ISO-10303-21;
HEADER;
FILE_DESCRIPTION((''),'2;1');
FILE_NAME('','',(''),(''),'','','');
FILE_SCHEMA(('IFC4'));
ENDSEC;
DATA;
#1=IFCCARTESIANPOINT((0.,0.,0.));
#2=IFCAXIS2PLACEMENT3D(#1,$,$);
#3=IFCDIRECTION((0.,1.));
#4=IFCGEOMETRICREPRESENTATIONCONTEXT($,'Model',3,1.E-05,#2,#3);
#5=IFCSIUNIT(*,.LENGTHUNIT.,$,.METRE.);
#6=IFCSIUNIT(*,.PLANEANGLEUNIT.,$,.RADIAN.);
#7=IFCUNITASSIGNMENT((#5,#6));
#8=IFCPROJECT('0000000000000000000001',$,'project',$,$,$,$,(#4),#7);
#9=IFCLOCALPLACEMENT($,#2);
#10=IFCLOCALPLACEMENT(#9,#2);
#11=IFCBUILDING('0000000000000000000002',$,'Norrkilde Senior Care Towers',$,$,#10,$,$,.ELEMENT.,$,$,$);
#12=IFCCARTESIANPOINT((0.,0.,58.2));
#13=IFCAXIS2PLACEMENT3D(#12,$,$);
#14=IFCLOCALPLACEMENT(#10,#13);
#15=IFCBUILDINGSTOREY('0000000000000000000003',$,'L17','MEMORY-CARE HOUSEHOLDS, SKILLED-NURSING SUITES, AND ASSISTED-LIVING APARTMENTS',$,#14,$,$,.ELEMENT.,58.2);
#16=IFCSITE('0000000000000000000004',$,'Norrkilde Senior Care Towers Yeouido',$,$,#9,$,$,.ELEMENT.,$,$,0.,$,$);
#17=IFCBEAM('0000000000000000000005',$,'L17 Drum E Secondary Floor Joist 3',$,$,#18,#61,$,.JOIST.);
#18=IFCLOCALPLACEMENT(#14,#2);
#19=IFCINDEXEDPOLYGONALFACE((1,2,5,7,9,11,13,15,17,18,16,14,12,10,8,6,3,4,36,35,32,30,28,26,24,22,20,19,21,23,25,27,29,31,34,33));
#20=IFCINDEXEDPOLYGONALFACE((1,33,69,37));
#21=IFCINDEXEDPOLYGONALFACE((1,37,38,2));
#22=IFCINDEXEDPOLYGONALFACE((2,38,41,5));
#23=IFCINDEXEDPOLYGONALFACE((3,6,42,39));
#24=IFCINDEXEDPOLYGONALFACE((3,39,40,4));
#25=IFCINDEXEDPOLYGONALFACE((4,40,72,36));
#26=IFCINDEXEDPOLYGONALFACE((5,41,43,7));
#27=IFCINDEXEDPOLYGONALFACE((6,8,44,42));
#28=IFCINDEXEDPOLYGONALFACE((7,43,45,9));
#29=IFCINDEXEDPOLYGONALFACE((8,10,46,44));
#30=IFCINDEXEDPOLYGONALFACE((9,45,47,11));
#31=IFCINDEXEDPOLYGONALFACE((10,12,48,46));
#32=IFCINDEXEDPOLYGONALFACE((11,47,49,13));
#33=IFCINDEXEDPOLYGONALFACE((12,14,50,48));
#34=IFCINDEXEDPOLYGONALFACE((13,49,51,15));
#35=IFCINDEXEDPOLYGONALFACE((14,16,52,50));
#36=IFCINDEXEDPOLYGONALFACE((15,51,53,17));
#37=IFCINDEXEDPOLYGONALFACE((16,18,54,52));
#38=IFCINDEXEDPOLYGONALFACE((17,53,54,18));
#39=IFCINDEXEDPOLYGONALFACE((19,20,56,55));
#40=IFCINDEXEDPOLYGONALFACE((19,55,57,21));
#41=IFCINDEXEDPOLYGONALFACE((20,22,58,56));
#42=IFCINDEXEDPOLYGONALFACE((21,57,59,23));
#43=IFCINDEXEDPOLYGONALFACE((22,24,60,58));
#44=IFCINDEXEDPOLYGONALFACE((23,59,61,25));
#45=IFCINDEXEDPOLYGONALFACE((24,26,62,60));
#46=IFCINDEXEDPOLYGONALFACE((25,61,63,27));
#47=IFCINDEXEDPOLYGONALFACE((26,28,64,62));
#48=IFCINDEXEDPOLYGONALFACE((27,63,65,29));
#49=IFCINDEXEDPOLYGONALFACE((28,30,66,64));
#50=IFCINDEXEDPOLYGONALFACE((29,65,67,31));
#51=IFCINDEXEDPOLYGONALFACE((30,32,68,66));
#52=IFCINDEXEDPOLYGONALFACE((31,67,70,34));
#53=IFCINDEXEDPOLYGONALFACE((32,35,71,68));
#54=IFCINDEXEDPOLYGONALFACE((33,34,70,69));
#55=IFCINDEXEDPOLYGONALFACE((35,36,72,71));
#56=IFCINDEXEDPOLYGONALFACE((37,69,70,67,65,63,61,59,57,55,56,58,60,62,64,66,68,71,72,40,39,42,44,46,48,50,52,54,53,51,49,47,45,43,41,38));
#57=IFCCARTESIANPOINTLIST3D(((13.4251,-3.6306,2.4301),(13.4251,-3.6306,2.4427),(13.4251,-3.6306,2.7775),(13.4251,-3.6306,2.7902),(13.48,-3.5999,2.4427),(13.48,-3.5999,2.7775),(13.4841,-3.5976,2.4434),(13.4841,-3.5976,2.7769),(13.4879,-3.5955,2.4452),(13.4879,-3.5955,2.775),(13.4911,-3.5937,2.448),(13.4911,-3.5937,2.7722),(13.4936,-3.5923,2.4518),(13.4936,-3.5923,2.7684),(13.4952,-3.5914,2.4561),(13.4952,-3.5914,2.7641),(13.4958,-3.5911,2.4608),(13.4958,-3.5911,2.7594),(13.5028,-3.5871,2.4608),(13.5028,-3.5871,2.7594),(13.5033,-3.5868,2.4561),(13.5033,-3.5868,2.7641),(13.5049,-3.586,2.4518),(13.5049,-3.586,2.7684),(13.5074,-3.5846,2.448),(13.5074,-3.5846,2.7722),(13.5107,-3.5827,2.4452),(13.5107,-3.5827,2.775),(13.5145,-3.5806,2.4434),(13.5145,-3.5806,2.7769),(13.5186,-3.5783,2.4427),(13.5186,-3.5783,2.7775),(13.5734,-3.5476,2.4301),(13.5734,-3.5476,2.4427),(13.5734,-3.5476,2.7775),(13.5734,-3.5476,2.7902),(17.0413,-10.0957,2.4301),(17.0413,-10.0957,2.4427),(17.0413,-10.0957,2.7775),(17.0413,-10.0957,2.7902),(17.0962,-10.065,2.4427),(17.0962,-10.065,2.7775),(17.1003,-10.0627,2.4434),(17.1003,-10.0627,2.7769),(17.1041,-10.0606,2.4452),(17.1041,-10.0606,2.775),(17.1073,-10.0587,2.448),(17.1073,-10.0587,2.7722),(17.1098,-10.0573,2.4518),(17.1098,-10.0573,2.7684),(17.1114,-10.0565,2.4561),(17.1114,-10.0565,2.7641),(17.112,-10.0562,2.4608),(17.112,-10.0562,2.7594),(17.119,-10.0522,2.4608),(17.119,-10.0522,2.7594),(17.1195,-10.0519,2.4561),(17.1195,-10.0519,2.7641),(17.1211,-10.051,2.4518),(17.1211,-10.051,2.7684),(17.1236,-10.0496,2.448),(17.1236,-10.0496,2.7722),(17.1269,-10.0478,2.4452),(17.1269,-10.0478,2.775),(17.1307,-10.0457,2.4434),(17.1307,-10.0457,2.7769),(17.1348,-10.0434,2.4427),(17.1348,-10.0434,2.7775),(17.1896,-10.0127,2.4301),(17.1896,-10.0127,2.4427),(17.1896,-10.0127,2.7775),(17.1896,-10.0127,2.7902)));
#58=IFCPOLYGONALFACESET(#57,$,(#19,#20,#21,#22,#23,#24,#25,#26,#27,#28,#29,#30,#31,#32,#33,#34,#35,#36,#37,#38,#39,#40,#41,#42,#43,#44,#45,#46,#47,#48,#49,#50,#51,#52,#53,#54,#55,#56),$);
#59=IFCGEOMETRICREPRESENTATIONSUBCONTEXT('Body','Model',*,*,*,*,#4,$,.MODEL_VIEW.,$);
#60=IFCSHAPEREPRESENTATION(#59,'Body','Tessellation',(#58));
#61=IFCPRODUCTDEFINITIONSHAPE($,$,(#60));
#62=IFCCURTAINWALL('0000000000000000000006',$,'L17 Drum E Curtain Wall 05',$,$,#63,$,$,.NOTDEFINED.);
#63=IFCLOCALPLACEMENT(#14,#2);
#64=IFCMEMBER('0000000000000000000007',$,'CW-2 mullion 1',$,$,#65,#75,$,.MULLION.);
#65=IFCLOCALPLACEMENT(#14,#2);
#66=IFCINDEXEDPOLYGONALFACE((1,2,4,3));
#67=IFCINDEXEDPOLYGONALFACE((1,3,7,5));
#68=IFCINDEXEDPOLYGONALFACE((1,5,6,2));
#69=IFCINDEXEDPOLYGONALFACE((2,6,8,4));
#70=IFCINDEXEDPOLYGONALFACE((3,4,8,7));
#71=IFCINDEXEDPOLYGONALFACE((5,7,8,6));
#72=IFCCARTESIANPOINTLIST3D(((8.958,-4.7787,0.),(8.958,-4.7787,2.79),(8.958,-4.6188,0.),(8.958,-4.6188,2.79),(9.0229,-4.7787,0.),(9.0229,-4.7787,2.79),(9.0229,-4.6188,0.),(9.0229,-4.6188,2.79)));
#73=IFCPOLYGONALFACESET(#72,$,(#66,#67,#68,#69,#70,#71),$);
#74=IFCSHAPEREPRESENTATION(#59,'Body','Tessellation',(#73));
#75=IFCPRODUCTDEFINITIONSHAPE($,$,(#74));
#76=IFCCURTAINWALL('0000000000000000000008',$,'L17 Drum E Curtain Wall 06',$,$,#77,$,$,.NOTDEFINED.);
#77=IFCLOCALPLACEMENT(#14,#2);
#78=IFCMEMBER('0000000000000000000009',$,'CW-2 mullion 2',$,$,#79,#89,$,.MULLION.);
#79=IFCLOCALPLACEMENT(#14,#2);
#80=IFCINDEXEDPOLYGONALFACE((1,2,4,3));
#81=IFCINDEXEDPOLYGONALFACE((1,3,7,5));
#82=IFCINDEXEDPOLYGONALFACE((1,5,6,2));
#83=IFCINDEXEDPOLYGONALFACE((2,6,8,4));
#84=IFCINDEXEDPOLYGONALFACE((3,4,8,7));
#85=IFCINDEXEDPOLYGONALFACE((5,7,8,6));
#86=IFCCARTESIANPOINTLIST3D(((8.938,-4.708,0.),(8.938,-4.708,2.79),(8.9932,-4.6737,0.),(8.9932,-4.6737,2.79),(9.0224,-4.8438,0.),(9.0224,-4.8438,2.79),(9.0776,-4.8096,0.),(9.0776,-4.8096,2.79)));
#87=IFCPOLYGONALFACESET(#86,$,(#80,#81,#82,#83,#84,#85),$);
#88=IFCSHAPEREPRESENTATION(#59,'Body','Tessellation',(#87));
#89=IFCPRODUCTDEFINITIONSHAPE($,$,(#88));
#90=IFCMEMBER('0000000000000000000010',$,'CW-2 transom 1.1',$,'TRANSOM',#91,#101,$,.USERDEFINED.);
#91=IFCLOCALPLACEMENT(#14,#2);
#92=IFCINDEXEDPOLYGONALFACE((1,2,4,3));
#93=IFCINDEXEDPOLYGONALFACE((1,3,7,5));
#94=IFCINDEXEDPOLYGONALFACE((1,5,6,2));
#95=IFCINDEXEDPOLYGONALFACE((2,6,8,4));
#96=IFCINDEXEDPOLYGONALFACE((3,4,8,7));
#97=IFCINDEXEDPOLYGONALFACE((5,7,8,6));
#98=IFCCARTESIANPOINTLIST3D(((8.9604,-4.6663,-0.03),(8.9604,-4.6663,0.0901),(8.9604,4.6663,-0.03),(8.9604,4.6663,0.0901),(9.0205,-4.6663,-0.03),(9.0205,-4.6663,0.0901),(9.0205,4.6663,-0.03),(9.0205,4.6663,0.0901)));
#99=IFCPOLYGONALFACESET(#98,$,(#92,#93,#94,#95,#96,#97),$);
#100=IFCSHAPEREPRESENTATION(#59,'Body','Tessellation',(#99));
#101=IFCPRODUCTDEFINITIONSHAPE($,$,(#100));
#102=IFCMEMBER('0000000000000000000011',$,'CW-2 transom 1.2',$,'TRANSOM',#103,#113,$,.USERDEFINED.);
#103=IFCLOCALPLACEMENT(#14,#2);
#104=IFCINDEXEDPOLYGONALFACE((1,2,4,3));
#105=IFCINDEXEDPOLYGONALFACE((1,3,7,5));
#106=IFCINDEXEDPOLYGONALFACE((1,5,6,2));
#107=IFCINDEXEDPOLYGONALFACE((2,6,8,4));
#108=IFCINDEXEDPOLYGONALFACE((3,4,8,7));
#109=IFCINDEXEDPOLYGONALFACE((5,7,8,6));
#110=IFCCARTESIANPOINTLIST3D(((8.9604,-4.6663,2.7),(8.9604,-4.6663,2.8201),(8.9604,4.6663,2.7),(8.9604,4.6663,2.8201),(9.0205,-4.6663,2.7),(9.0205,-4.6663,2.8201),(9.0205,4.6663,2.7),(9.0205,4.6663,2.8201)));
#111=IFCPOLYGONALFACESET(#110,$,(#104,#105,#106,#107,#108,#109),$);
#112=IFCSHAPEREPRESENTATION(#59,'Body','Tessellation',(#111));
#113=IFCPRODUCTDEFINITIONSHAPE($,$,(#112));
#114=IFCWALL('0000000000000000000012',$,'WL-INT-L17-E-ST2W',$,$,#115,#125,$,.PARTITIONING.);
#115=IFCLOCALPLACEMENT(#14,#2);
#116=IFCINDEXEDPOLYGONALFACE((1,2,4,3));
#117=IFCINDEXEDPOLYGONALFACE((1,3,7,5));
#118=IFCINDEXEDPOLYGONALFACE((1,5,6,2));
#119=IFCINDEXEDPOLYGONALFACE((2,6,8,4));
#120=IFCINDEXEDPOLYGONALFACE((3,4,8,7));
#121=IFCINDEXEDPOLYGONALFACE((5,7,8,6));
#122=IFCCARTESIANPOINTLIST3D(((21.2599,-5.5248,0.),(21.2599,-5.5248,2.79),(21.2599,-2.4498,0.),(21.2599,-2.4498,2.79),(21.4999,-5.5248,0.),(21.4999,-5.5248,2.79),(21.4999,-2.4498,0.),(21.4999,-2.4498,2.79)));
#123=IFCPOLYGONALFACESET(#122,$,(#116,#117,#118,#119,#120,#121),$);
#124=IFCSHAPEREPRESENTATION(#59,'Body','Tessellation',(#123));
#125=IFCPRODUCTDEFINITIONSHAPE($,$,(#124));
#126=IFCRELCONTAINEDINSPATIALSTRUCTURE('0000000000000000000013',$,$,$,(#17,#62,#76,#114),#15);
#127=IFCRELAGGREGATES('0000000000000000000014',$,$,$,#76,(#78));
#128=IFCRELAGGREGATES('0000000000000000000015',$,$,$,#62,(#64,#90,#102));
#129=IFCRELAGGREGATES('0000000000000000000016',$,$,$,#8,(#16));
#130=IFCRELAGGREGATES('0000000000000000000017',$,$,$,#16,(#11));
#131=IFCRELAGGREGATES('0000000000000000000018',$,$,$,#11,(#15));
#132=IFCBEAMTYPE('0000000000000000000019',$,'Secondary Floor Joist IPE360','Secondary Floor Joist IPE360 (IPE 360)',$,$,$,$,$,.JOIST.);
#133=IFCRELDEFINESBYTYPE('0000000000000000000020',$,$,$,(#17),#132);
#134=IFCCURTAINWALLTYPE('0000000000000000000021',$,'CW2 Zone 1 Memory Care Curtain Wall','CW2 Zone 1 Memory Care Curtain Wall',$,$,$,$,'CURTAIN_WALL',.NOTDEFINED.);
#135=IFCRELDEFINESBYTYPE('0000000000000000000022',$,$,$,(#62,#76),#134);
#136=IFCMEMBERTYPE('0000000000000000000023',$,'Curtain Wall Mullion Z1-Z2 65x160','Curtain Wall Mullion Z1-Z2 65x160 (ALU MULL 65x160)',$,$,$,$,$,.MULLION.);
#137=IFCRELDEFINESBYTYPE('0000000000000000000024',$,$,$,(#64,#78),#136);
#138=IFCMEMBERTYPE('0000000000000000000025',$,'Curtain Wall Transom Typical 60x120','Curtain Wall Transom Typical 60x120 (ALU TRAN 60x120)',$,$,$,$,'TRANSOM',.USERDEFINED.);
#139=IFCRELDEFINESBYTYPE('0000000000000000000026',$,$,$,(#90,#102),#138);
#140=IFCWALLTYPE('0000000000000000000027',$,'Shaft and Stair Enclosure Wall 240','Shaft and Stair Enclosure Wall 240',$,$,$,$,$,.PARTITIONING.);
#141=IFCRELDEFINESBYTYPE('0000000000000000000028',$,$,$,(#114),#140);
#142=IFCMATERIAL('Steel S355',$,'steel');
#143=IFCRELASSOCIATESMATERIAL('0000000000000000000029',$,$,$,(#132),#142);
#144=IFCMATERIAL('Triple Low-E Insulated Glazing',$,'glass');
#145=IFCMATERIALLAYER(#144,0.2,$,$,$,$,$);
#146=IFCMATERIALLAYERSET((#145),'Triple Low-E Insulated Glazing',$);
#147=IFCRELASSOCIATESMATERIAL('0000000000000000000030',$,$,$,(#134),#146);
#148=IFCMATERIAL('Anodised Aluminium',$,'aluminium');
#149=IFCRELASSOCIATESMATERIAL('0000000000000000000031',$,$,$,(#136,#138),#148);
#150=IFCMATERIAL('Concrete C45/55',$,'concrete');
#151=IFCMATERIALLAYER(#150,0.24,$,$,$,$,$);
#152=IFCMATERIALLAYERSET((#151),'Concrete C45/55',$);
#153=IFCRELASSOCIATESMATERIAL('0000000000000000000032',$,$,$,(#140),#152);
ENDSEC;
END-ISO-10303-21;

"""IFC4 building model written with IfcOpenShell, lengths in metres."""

from ifc_helpers import new_model, si_unit, direction, frame, frame_2d, origin, origin_2d, place, context, subcontext, project, spatial, rectangle, i_section, extrude, source, transform, mapped, material, layer, layer_set, material_profile, profile_set, type_object, type_shapes, element, aggregate, save


model = new_model("IFC4")

# Units and contexts
model_context = context("Model", 3, precision=1e-05, world=origin(), true_north=direction((0.0, 1.0)))
body_context = subcontext(model_context, "Body", "Model", "MODEL_VIEW")
ifc_project = project(units=[si_unit("LENGTHUNIT", "METRE"), si_unit("PLANEANGLEUNIT", "RADIAN")], contexts=[model_context])

# Site, building, storey
site_placement = place(None, origin())
site = spatial("IfcSite", under=ifc_project, at=site_placement, Name="Norrkilde Senior Care Towers Yeouido", CompositionType="ELEMENT", RefElevation=0.0)
building_placement = place(site_placement, origin())
building = spatial("IfcBuilding", under=site, at=building_placement, Name="Norrkilde Senior Care Towers", CompositionType="ELEMENT")
storey_placement = place(building_placement, frame((0.0, 0.0, 58.2)))
storey = spatial("IfcBuildingStorey", under=building, at=storey_placement, Name="L17", Description="MEMORY-CARE HOUSEHOLDS, SKILLED-NURSING SUITES, AND ASSISTED-LIVING APARTMENTS", CompositionType="ELEMENT", Elevation=58.2)

# Beam
ifc_material_1 = material(Name="Steel S355", Category="steel")
ifc_material_profile_1 = material_profile(ifc_material_1, i_section(OverallWidth=0.1699, OverallDepth=0.3601, WebThickness=0.0081, FlangeThickness=0.0127, FilletRadius=0.0181, at=origin_2d()), Name="IPE 360")
ifc_profile_set_1 = profile_set([ifc_material_profile_1], Name="Steel S355")
beam_type_1 = type_object("IfcBeamType", Name="Secondary Floor Joist IPE360", Description="Secondary Floor Joist IPE360 (IPE 360)", PredefinedType="JOIST", material=ifc_profile_set_1)
shared_shape_1 = source(origin(), body_context, "Body", "SweptSolid", [
    extrude(i_section(OverallWidth=0.1699, OverallDepth=0.3601, WebThickness=0.0081, FlangeThickness=0.0127, FilletRadius=0.0181, at=origin_2d()), origin(), (0.0, 0.0, 1.0), 7.4077),
])
type_shapes(beam_type_1, [shared_shape_1])
beam_1_placement = place(storey_placement, frame((13.4993, -3.5891, 2.6101), z_axis=(0.488168, -0.87275, 0.0), x_axis=(0.87275, 0.488168, 0.0)))
element("IfcBeam", 1, at=beam_1_placement, inside=storey, type_object=beam_type_1, Name="L17 Drum E Secondary Floor Joist 3", PredefinedType="JOIST", context=body_context, shape_type="MappedRepresentation", body=[
    mapped(shared_shape_1, transform((0.0, 0.0, 0.0), x_axis=(1.0, 0.0, 0.0), y_axis=(0.0, 1.0, 0.0), z_axis=(0.0, 0.0, 1.0), scale=1.0)),
])

# Curtain walls, members
ifc_material_2 = material(Name="Triple Low-E Insulated Glazing", Category="glass")
ifc_layer_1 = layer(ifc_material_2, 0.2)
ifc_layer_set_1 = layer_set([ifc_layer_1], Name="Triple Low-E Insulated Glazing")
curtain_wall_type = type_object("IfcCurtainWallType", Name="CW2 Zone 1 Memory Care Curtain Wall", Description="CW2 Zone 1 Memory Care Curtain Wall", ElementType="CURTAIN_WALL", PredefinedType="NOTDEFINED", material=ifc_layer_set_1)
curtain_wall_1_placement = place(storey_placement, origin())
curtain_wall_1 = element("IfcCurtainWall", 2, at=curtain_wall_1_placement, inside=storey, type_object=curtain_wall_type, Name="L17 Drum E Curtain Wall 05", PredefinedType="NOTDEFINED")
ifc_material_3 = material(Name="Anodised Aluminium", Category="aluminium")
ifc_material_profile_2 = material_profile(ifc_material_3, rectangle(XDim=0.0649, YDim=0.1599, at=origin_2d()), Name="ALU MULL 65x160")
ifc_profile_set_2 = profile_set([ifc_material_profile_2], Name="Anodised Aluminium")
member_type_1 = type_object("IfcMemberType", Name="Curtain Wall Mullion Z1-Z2 65x160", Description="Curtain Wall Mullion Z1-Z2 65x160 (ALU MULL 65x160)", PredefinedType="MULLION", material=ifc_profile_set_2)
shared_shape_2 = source(origin(), body_context, "Body", "SweptSolid", [
    extrude(rectangle(XDim=0.0649, YDim=0.1599, at=origin_2d()), origin(), (0.0, 0.0, 1.0), 2.79),
])
type_shapes(member_type_1, [shared_shape_2])
member_1_placement = place(storey_placement, frame((8.9905, -4.6987, 0.0), z_axis=(0.0, 0.0, 1.0), x_axis=(-1.0, 0.0, 0.0)))
member_1 = element("IfcMember", 3, at=member_1_placement, type_object=member_type_1, Name="CW-2 mullion 1", PredefinedType="MULLION", context=body_context, shape_type="MappedRepresentation", body=[
    mapped(shared_shape_2, transform((0.0, 0.0, 0.0), x_axis=(1.0, 0.0, 0.0), y_axis=(0.0, 1.0, 0.0), z_axis=(0.0, 0.0, 1.0), scale=1.0)),
])
curtain_wall_2_placement = place(storey_placement, origin())
curtain_wall_2 = element("IfcCurtainWall", 4, at=curtain_wall_2_placement, inside=storey, type_object=curtain_wall_type, Name="L17 Drum E Curtain Wall 06", PredefinedType="NOTDEFINED")
member_2_placement = place(storey_placement, frame((9.0078, -4.7588, 0.0), z_axis=(0.0, 0.0, 1.0), x_axis=(-0.849306, -0.527901, 0.0)))
member_2 = element("IfcMember", 5, at=member_2_placement, type_object=member_type_1, Name="CW-2 mullion 2", PredefinedType="MULLION", context=body_context, shape_type="MappedRepresentation", body=[
    mapped(shared_shape_2, transform((0.0, 0.0, 0.0), x_axis=(1.0, 0.0, 0.0), y_axis=(0.0, 1.0, 0.0), z_axis=(0.0, 0.0, 1.0), scale=1.0)),
])
aggregate(curtain_wall_2, [member_2])

# Members
ifc_material_profile_3 = material_profile(ifc_material_3, rectangle(XDim=0.0601, YDim=0.1201, at=origin_2d()), Name="ALU TRAN 60x120")
ifc_profile_set_3 = profile_set([ifc_material_profile_3], Name="Anodised Aluminium")
member_type_2 = type_object("IfcMemberType", Name="Curtain Wall Transom Typical 60x120", Description="Curtain Wall Transom Typical 60x120 (ALU TRAN 60x120)", ElementType="TRANSOM", PredefinedType="USERDEFINED", material=ifc_profile_set_3)
shared_shape_3 = source(origin(), body_context, "Body", "SweptSolid", [
    extrude(rectangle(XDim=0.0601, YDim=0.1201, at=origin_2d()), origin(), (0.0, 0.0, 1.0), 9.3325),
])
type_shapes(member_type_2, [shared_shape_3])
member_3_placement = place(storey_placement, frame((8.9905, -4.6663, 0.03), z_axis=(0.0, 1.0, 0.0), x_axis=(-1.0, 0.0, 0.0)))
member_3 = element("IfcMember", 6, at=member_3_placement, type_object=member_type_2, Name="CW-2 transom 1.1", ObjectType="TRANSOM", PredefinedType="USERDEFINED", context=body_context, shape_type="MappedRepresentation", body=[
    mapped(shared_shape_3, transform((0.0, 0.0, 0.0), x_axis=(1.0, 0.0, 0.0), y_axis=(0.0, 1.0, 0.0), z_axis=(0.0, 0.0, 1.0), scale=1.0)),
])
member_4_placement = place(storey_placement, frame((8.9905, -4.6663, 2.76), z_axis=(0.0, 1.0, 0.0), x_axis=(-1.0, 0.0, 0.0)))
member_4 = element("IfcMember", 7, at=member_4_placement, type_object=member_type_2, Name="CW-2 transom 1.2", ObjectType="TRANSOM", PredefinedType="USERDEFINED", context=body_context, shape_type="MappedRepresentation", body=[
    mapped(shared_shape_3, transform((0.0, 0.0, 0.0), x_axis=(1.0, 0.0, 0.0), y_axis=(0.0, 1.0, 0.0), z_axis=(0.0, 0.0, 1.0), scale=1.0)),
])
aggregate(curtain_wall_1, [member_1, member_3, member_4])

# Shared definitions
ifc_material_4 = material(Name="Concrete C45/55", Category="concrete")
ifc_layer_2 = layer(ifc_material_4, 0.24)
ifc_layer_set_2 = layer_set([ifc_layer_2], Name="Concrete C45/55")
wall_type_1 = type_object("IfcWallType", Name="Shaft and Stair Enclosure Wall 240", Description="Shaft and Stair Enclosure Wall 240", PredefinedType="PARTITIONING", material=ifc_layer_set_2)

# Wall
shared_shape_4 = source(origin(), body_context, "Body", "SweptSolid", [
    extrude(rectangle(XDim=3.075, YDim=0.24, at=frame_2d((1.5376, 0.0))), origin(), (0.0, 0.0, 1.0), 2.79),
])
wall_1_placement = place(storey_placement, frame((21.3799, -5.5249, 0.0), z_axis=(0.0, 0.0, 1.0), x_axis=(0.0, 1.0, 0.0)))
element("IfcWall", 8, at=wall_1_placement, inside=storey, type_object=wall_type_1, Name="WL-INT-L17-E-ST2W", PredefinedType="PARTITIONING", context=body_context, shape_type="MappedRepresentation", body=[
    mapped(shared_shape_4, transform((0.0, 0.0, 0.0), x_axis=(1.0, 0.0, 0.0), y_axis=(0.0, 1.0, 0.0), z_axis=(0.0, 0.0, 1.0), scale=1.0)),
])

save(model, "model.ifc")
